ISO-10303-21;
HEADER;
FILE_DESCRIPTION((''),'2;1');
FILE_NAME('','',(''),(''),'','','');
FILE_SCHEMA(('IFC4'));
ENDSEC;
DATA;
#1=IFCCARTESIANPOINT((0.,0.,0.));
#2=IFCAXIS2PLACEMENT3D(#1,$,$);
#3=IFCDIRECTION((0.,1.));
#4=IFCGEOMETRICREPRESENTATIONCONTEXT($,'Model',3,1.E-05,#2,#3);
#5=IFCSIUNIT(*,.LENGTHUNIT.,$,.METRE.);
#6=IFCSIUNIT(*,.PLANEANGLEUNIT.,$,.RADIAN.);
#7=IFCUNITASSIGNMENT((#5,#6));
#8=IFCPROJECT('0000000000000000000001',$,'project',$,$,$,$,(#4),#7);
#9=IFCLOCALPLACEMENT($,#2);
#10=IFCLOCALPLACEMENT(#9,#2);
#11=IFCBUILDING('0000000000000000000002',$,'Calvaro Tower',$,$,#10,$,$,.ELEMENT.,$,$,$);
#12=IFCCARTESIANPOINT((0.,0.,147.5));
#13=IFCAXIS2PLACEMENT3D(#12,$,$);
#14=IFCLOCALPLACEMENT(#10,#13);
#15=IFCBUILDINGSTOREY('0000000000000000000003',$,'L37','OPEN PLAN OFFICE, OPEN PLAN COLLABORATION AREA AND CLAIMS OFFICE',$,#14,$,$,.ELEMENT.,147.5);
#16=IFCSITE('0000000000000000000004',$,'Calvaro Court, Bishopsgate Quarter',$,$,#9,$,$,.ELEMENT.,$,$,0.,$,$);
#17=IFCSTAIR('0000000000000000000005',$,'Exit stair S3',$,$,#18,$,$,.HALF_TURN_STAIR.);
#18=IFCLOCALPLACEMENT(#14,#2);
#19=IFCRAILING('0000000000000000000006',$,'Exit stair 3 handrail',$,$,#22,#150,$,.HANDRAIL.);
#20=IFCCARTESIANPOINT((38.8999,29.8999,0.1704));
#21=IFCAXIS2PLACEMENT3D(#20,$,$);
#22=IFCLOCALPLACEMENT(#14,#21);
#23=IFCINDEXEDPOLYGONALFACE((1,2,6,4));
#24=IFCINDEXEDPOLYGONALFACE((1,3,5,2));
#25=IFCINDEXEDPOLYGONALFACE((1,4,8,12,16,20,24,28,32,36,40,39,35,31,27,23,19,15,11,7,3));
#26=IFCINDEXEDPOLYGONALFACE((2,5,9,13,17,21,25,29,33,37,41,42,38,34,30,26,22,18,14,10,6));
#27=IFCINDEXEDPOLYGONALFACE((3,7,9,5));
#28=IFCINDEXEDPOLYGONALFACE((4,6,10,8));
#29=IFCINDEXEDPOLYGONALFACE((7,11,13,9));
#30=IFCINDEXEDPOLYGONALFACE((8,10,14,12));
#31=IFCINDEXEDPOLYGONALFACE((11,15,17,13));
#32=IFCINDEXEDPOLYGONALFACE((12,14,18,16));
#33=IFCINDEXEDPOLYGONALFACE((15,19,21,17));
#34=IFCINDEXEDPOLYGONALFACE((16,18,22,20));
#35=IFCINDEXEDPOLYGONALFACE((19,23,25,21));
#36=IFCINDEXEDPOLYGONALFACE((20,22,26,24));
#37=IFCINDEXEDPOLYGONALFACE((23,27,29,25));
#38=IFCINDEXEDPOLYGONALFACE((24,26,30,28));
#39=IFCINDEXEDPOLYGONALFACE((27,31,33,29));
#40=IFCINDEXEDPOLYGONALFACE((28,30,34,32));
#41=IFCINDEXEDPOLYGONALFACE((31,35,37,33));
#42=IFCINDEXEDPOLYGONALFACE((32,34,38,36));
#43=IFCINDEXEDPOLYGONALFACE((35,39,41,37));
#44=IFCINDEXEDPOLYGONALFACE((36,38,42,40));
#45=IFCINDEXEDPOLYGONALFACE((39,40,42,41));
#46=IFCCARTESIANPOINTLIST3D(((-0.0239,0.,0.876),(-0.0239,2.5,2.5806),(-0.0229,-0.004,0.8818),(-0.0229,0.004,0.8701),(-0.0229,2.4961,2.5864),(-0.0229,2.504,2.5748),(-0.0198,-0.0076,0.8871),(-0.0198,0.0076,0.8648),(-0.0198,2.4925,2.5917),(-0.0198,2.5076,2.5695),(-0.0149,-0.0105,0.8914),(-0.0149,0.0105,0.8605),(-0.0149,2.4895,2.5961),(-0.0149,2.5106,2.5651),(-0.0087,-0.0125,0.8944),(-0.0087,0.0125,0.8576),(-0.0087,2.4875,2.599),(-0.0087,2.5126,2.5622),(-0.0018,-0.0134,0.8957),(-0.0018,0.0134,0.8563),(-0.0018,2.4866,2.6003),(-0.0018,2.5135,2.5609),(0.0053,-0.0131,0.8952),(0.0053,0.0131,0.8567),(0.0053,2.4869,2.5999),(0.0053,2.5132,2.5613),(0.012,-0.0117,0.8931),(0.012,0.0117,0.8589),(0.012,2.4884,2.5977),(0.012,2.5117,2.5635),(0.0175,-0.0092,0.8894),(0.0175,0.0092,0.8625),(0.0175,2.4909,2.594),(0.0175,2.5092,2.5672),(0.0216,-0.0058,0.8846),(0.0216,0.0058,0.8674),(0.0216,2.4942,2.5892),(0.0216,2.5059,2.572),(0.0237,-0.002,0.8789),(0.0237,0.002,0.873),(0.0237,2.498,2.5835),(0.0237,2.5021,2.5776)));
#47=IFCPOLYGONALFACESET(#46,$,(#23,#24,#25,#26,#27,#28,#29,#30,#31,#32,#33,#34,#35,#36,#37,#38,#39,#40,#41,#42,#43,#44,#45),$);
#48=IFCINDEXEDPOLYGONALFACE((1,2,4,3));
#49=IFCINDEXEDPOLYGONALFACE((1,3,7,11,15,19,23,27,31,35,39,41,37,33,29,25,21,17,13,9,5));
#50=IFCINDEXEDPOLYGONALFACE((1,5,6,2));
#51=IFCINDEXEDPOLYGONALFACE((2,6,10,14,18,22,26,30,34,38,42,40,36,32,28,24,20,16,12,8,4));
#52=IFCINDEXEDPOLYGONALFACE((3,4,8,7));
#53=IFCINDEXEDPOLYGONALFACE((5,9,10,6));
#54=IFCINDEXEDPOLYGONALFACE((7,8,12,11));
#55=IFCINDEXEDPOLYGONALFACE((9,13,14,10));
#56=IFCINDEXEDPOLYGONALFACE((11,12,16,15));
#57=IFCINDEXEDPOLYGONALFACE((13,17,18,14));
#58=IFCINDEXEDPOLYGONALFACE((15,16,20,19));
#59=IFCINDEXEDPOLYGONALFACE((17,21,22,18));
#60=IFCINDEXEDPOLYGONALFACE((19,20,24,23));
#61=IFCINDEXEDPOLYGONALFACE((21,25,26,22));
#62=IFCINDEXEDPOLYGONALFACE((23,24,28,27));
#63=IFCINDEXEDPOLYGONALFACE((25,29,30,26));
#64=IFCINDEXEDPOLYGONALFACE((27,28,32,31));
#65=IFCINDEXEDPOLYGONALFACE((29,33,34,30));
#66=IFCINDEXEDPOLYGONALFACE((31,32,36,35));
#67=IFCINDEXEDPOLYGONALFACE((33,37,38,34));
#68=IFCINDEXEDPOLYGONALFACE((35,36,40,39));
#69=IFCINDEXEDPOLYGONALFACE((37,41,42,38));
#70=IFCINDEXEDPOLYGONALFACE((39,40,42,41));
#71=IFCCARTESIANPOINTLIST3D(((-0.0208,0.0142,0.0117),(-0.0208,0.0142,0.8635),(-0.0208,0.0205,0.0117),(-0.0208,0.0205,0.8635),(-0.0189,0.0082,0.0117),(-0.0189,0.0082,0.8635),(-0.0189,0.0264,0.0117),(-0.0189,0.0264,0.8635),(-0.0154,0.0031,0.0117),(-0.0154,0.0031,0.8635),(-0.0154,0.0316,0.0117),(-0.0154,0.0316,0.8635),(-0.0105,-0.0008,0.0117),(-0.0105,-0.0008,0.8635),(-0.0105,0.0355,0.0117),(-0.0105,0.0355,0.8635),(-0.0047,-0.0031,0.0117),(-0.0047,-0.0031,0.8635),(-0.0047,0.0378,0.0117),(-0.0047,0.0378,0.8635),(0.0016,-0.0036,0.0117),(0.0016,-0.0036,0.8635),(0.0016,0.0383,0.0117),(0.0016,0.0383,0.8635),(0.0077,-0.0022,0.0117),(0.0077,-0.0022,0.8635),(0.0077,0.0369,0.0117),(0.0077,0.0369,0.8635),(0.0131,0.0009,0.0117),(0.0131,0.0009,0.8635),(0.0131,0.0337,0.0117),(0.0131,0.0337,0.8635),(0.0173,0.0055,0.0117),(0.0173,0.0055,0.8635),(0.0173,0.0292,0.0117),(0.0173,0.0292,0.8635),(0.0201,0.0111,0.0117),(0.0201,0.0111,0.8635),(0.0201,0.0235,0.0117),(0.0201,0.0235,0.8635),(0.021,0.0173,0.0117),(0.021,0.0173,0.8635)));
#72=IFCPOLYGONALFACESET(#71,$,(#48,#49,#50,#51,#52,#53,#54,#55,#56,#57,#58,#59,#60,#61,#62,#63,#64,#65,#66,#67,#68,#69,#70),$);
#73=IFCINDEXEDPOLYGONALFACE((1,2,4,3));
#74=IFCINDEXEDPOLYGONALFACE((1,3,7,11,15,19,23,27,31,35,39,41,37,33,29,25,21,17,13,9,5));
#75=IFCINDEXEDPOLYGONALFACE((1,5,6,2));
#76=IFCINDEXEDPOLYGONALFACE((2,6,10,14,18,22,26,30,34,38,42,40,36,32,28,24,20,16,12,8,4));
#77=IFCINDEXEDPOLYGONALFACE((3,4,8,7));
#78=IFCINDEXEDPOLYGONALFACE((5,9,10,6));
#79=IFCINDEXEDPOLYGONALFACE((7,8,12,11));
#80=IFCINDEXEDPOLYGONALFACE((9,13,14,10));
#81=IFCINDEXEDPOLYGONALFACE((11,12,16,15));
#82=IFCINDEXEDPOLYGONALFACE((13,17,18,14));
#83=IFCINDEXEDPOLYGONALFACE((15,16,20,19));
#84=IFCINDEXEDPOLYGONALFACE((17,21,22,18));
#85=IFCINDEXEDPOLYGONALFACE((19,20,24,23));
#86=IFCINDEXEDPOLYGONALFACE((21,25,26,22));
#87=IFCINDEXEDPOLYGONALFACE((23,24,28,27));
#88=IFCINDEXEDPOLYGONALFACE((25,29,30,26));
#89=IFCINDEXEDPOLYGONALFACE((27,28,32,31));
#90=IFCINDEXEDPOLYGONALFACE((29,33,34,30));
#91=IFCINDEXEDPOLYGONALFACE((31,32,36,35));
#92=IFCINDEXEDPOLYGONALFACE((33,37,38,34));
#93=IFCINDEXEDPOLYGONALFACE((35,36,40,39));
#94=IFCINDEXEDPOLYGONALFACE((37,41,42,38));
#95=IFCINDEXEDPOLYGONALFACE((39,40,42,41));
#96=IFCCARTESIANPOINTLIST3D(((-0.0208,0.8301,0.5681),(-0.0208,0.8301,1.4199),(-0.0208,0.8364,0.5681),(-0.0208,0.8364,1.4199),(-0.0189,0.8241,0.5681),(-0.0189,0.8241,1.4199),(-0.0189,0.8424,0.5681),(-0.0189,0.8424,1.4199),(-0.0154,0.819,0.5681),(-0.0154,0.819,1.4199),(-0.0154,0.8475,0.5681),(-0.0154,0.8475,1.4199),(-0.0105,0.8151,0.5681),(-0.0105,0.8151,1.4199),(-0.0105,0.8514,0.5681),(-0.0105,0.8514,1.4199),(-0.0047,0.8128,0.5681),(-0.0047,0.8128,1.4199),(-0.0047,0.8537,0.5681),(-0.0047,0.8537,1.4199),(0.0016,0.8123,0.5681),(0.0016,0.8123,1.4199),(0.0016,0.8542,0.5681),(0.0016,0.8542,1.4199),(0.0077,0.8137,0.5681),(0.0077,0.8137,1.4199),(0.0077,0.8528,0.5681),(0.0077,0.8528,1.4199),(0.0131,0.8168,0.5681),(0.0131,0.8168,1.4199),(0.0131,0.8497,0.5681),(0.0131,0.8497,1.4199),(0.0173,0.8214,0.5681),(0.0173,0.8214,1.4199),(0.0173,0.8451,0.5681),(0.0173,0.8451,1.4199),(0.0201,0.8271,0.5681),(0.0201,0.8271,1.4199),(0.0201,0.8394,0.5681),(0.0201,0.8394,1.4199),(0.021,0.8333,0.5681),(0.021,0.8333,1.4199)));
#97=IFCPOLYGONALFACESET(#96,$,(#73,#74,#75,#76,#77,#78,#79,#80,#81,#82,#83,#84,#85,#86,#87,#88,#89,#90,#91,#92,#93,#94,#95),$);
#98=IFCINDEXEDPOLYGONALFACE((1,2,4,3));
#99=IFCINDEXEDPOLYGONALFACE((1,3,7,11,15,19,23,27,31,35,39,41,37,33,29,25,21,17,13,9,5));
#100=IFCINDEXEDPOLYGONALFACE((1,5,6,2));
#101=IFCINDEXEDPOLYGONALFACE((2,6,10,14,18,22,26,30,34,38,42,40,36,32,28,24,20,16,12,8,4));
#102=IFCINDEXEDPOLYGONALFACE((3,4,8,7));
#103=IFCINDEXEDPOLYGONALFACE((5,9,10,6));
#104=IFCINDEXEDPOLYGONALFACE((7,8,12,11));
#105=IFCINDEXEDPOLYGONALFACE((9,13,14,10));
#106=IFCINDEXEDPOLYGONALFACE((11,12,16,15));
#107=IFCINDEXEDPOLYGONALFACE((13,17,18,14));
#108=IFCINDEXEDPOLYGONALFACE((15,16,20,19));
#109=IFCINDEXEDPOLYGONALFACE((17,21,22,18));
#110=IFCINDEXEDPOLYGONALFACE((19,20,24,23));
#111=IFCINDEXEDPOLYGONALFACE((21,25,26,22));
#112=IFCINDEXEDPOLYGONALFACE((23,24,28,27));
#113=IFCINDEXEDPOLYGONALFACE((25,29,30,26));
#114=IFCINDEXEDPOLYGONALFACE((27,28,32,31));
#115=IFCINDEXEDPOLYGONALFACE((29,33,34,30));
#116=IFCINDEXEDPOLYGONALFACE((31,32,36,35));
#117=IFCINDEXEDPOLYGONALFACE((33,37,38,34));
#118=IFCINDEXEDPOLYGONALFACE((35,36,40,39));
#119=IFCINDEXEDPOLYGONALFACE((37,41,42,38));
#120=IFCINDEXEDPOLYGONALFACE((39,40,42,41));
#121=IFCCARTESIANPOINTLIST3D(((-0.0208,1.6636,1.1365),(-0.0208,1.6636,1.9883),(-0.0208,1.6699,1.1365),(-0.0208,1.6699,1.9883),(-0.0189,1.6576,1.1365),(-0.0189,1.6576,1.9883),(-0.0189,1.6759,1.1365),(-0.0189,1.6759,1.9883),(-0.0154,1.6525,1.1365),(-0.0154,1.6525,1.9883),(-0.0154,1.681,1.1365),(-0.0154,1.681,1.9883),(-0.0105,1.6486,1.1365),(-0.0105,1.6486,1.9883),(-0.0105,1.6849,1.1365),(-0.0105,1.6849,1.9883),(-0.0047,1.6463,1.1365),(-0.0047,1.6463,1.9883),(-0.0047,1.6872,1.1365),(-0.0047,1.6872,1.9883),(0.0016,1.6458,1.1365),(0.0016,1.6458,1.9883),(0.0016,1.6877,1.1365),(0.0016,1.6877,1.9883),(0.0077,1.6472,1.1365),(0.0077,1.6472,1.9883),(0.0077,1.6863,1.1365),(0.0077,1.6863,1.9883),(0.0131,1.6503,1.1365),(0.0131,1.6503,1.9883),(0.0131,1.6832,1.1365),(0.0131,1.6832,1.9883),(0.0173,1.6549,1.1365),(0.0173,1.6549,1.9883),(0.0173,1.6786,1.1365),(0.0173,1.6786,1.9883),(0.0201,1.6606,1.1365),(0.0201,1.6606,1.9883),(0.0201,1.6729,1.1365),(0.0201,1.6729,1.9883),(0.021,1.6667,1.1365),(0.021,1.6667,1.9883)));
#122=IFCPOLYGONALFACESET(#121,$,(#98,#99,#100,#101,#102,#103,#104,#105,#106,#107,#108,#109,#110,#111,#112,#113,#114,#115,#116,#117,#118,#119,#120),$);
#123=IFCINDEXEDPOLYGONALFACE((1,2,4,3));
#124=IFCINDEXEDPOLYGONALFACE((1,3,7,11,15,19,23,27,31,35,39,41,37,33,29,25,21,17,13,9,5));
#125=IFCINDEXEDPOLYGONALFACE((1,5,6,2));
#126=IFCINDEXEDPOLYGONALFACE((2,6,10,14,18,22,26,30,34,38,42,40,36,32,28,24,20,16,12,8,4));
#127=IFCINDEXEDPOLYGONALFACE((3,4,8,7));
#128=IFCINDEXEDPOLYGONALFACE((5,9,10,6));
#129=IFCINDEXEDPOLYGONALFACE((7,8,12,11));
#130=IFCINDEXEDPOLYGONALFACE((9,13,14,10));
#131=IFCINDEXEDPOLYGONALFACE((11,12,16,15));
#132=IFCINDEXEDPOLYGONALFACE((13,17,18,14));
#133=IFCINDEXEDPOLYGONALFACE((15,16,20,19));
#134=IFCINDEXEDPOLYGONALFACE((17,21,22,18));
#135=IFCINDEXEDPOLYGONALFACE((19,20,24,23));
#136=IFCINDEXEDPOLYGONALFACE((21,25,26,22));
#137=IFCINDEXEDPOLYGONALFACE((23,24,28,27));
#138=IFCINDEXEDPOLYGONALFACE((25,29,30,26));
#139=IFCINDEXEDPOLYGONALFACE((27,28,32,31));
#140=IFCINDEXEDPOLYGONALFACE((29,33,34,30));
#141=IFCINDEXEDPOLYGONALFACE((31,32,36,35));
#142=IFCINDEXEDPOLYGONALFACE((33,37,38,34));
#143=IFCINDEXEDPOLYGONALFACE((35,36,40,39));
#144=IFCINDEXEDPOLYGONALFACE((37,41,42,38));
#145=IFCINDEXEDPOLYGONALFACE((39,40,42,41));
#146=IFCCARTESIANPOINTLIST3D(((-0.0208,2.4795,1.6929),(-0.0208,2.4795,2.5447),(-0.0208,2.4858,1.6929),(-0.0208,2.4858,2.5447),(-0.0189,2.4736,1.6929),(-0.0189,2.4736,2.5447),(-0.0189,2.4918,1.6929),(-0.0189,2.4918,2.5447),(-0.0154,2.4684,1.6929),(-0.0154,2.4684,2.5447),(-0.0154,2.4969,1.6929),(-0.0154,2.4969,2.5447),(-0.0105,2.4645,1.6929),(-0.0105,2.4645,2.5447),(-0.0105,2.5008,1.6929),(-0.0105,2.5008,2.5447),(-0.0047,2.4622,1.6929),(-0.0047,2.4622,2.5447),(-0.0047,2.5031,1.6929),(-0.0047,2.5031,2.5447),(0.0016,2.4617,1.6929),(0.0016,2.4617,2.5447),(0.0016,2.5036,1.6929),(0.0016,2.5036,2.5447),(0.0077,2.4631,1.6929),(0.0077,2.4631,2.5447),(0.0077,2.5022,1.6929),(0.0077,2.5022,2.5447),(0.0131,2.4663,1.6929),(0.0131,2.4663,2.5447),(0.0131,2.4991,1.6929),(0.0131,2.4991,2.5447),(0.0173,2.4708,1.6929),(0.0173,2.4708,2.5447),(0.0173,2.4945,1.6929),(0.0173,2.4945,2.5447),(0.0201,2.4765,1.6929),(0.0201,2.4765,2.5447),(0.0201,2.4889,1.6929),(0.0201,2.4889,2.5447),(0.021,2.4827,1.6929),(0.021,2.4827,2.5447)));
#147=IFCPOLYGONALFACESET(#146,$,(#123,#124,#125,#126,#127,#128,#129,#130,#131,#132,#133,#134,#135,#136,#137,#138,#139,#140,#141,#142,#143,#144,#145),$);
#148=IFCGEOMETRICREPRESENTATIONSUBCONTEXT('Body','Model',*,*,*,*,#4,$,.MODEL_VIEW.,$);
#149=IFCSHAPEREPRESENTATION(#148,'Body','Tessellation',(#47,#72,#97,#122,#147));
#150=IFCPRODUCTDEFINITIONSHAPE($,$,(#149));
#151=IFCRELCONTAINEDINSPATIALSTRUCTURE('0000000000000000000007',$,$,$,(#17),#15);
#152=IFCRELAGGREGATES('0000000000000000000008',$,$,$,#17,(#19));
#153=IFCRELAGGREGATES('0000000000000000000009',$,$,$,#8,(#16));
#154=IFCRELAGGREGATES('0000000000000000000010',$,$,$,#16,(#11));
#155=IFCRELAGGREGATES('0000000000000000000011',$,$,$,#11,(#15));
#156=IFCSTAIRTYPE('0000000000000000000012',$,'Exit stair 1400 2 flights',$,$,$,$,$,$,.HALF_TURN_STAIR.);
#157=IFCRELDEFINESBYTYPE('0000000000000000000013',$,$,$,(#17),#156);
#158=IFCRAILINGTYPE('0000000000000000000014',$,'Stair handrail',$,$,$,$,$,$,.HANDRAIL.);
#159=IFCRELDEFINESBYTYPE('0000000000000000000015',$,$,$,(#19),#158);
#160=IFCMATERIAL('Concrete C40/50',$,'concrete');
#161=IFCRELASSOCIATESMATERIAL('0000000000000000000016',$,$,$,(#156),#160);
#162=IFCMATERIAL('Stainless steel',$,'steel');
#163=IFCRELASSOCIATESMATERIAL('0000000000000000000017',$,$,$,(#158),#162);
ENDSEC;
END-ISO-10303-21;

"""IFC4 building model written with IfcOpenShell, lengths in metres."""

from ifc_helpers import new_model, si_unit, direction, frame, origin, origin_2d, place, context, subcontext, project, spatial, circle, extrude, material, type_object, element, aggregate, save


model = new_model("IFC4")

# Units and contexts
model_context = context("Model", 3, precision=1e-05, world=origin(), true_north=direction((0.0, 1.0)))
body_context = subcontext(model_context, "Body", "Model", "MODEL_VIEW")
ifc_project = project(units=[si_unit("LENGTHUNIT", "METRE"), si_unit("PLANEANGLEUNIT", "RADIAN")], contexts=[model_context])

# Site, building, storey
site_placement = place(None, origin())
site = spatial("IfcSite", under=ifc_project, at=site_placement, Name="Calvaro Court, Bishopsgate Quarter", CompositionType="ELEMENT", RefElevation=0.0)
building_placement = place(site_placement, origin())
building = spatial("IfcBuilding", under=site, at=building_placement, Name="Calvaro Tower", CompositionType="ELEMENT")
storey_placement = place(building_placement, frame((0.0, 0.0, 147.5)))
storey = spatial("IfcBuildingStorey", under=building, at=storey_placement, Name="L37", Description="OPEN PLAN OFFICE, OPEN PLAN COLLABORATION AREA AND CLAIMS OFFICE", CompositionType="ELEMENT", Elevation=147.5)

# Stair
ifc_material_1 = material(Name="Concrete C40/50", Category="concrete")
stair_type = type_object("IfcStairType", Name="Exit stair 1400 2 flights", PredefinedType="HALF_TURN_STAIR", material=ifc_material_1)
stair_1_placement = place(storey_placement, origin())
stair_1 = element("IfcStair", 1, at=stair_1_placement, inside=storey, type_object=stair_type, Name="Exit stair S3", PredefinedType="HALF_TURN_STAIR")

# Railing
ifc_material_2 = material(Name="Stainless steel", Category="steel")
railing_type = type_object("IfcRailingType", Name="Stair handrail", PredefinedType="HANDRAIL", material=ifc_material_2)
railing_1_placement = place(storey_placement, frame((38.8999, 29.8999, 0.1704)))
railing_1 = element("IfcRailing", 2, at=railing_1_placement, type_object=railing_type, Name="Exit stair 3 handrail", PredefinedType="HANDRAIL", context=body_context, shape_type="SweptSolid", body=[
    extrude(circle(Radius=0.0239, at=origin_2d()), frame((0.0, 0.0, 0.876), z_axis=(0.0, 0.826221, 0.563347), x_axis=(-1.0, 0.0, 0.0)), (0.0, 0.0, 1.0), 3.0259),
    extrude(circle(Radius=0.021, at=origin_2d()), frame((0.0, 0.0173, 0.0117)), (0.0, 0.0, 1.0), 0.8518),
    extrude(circle(Radius=0.021, at=origin_2d()), frame((0.0, 0.8333, 0.5681)), (0.0, 0.0, 1.0), 0.8518),
    extrude(circle(Radius=0.021, at=origin_2d()), frame((0.0, 1.6667, 1.1365)), (0.0, 0.0, 1.0), 0.8518),
    extrude(circle(Radius=0.021, at=origin_2d()), frame((0.0, 2.4827, 1.6929)), (0.0, 0.0, 1.0), 0.8518),
])
aggregate(stair_1, [railing_1])

save(model, "model.ifc")
